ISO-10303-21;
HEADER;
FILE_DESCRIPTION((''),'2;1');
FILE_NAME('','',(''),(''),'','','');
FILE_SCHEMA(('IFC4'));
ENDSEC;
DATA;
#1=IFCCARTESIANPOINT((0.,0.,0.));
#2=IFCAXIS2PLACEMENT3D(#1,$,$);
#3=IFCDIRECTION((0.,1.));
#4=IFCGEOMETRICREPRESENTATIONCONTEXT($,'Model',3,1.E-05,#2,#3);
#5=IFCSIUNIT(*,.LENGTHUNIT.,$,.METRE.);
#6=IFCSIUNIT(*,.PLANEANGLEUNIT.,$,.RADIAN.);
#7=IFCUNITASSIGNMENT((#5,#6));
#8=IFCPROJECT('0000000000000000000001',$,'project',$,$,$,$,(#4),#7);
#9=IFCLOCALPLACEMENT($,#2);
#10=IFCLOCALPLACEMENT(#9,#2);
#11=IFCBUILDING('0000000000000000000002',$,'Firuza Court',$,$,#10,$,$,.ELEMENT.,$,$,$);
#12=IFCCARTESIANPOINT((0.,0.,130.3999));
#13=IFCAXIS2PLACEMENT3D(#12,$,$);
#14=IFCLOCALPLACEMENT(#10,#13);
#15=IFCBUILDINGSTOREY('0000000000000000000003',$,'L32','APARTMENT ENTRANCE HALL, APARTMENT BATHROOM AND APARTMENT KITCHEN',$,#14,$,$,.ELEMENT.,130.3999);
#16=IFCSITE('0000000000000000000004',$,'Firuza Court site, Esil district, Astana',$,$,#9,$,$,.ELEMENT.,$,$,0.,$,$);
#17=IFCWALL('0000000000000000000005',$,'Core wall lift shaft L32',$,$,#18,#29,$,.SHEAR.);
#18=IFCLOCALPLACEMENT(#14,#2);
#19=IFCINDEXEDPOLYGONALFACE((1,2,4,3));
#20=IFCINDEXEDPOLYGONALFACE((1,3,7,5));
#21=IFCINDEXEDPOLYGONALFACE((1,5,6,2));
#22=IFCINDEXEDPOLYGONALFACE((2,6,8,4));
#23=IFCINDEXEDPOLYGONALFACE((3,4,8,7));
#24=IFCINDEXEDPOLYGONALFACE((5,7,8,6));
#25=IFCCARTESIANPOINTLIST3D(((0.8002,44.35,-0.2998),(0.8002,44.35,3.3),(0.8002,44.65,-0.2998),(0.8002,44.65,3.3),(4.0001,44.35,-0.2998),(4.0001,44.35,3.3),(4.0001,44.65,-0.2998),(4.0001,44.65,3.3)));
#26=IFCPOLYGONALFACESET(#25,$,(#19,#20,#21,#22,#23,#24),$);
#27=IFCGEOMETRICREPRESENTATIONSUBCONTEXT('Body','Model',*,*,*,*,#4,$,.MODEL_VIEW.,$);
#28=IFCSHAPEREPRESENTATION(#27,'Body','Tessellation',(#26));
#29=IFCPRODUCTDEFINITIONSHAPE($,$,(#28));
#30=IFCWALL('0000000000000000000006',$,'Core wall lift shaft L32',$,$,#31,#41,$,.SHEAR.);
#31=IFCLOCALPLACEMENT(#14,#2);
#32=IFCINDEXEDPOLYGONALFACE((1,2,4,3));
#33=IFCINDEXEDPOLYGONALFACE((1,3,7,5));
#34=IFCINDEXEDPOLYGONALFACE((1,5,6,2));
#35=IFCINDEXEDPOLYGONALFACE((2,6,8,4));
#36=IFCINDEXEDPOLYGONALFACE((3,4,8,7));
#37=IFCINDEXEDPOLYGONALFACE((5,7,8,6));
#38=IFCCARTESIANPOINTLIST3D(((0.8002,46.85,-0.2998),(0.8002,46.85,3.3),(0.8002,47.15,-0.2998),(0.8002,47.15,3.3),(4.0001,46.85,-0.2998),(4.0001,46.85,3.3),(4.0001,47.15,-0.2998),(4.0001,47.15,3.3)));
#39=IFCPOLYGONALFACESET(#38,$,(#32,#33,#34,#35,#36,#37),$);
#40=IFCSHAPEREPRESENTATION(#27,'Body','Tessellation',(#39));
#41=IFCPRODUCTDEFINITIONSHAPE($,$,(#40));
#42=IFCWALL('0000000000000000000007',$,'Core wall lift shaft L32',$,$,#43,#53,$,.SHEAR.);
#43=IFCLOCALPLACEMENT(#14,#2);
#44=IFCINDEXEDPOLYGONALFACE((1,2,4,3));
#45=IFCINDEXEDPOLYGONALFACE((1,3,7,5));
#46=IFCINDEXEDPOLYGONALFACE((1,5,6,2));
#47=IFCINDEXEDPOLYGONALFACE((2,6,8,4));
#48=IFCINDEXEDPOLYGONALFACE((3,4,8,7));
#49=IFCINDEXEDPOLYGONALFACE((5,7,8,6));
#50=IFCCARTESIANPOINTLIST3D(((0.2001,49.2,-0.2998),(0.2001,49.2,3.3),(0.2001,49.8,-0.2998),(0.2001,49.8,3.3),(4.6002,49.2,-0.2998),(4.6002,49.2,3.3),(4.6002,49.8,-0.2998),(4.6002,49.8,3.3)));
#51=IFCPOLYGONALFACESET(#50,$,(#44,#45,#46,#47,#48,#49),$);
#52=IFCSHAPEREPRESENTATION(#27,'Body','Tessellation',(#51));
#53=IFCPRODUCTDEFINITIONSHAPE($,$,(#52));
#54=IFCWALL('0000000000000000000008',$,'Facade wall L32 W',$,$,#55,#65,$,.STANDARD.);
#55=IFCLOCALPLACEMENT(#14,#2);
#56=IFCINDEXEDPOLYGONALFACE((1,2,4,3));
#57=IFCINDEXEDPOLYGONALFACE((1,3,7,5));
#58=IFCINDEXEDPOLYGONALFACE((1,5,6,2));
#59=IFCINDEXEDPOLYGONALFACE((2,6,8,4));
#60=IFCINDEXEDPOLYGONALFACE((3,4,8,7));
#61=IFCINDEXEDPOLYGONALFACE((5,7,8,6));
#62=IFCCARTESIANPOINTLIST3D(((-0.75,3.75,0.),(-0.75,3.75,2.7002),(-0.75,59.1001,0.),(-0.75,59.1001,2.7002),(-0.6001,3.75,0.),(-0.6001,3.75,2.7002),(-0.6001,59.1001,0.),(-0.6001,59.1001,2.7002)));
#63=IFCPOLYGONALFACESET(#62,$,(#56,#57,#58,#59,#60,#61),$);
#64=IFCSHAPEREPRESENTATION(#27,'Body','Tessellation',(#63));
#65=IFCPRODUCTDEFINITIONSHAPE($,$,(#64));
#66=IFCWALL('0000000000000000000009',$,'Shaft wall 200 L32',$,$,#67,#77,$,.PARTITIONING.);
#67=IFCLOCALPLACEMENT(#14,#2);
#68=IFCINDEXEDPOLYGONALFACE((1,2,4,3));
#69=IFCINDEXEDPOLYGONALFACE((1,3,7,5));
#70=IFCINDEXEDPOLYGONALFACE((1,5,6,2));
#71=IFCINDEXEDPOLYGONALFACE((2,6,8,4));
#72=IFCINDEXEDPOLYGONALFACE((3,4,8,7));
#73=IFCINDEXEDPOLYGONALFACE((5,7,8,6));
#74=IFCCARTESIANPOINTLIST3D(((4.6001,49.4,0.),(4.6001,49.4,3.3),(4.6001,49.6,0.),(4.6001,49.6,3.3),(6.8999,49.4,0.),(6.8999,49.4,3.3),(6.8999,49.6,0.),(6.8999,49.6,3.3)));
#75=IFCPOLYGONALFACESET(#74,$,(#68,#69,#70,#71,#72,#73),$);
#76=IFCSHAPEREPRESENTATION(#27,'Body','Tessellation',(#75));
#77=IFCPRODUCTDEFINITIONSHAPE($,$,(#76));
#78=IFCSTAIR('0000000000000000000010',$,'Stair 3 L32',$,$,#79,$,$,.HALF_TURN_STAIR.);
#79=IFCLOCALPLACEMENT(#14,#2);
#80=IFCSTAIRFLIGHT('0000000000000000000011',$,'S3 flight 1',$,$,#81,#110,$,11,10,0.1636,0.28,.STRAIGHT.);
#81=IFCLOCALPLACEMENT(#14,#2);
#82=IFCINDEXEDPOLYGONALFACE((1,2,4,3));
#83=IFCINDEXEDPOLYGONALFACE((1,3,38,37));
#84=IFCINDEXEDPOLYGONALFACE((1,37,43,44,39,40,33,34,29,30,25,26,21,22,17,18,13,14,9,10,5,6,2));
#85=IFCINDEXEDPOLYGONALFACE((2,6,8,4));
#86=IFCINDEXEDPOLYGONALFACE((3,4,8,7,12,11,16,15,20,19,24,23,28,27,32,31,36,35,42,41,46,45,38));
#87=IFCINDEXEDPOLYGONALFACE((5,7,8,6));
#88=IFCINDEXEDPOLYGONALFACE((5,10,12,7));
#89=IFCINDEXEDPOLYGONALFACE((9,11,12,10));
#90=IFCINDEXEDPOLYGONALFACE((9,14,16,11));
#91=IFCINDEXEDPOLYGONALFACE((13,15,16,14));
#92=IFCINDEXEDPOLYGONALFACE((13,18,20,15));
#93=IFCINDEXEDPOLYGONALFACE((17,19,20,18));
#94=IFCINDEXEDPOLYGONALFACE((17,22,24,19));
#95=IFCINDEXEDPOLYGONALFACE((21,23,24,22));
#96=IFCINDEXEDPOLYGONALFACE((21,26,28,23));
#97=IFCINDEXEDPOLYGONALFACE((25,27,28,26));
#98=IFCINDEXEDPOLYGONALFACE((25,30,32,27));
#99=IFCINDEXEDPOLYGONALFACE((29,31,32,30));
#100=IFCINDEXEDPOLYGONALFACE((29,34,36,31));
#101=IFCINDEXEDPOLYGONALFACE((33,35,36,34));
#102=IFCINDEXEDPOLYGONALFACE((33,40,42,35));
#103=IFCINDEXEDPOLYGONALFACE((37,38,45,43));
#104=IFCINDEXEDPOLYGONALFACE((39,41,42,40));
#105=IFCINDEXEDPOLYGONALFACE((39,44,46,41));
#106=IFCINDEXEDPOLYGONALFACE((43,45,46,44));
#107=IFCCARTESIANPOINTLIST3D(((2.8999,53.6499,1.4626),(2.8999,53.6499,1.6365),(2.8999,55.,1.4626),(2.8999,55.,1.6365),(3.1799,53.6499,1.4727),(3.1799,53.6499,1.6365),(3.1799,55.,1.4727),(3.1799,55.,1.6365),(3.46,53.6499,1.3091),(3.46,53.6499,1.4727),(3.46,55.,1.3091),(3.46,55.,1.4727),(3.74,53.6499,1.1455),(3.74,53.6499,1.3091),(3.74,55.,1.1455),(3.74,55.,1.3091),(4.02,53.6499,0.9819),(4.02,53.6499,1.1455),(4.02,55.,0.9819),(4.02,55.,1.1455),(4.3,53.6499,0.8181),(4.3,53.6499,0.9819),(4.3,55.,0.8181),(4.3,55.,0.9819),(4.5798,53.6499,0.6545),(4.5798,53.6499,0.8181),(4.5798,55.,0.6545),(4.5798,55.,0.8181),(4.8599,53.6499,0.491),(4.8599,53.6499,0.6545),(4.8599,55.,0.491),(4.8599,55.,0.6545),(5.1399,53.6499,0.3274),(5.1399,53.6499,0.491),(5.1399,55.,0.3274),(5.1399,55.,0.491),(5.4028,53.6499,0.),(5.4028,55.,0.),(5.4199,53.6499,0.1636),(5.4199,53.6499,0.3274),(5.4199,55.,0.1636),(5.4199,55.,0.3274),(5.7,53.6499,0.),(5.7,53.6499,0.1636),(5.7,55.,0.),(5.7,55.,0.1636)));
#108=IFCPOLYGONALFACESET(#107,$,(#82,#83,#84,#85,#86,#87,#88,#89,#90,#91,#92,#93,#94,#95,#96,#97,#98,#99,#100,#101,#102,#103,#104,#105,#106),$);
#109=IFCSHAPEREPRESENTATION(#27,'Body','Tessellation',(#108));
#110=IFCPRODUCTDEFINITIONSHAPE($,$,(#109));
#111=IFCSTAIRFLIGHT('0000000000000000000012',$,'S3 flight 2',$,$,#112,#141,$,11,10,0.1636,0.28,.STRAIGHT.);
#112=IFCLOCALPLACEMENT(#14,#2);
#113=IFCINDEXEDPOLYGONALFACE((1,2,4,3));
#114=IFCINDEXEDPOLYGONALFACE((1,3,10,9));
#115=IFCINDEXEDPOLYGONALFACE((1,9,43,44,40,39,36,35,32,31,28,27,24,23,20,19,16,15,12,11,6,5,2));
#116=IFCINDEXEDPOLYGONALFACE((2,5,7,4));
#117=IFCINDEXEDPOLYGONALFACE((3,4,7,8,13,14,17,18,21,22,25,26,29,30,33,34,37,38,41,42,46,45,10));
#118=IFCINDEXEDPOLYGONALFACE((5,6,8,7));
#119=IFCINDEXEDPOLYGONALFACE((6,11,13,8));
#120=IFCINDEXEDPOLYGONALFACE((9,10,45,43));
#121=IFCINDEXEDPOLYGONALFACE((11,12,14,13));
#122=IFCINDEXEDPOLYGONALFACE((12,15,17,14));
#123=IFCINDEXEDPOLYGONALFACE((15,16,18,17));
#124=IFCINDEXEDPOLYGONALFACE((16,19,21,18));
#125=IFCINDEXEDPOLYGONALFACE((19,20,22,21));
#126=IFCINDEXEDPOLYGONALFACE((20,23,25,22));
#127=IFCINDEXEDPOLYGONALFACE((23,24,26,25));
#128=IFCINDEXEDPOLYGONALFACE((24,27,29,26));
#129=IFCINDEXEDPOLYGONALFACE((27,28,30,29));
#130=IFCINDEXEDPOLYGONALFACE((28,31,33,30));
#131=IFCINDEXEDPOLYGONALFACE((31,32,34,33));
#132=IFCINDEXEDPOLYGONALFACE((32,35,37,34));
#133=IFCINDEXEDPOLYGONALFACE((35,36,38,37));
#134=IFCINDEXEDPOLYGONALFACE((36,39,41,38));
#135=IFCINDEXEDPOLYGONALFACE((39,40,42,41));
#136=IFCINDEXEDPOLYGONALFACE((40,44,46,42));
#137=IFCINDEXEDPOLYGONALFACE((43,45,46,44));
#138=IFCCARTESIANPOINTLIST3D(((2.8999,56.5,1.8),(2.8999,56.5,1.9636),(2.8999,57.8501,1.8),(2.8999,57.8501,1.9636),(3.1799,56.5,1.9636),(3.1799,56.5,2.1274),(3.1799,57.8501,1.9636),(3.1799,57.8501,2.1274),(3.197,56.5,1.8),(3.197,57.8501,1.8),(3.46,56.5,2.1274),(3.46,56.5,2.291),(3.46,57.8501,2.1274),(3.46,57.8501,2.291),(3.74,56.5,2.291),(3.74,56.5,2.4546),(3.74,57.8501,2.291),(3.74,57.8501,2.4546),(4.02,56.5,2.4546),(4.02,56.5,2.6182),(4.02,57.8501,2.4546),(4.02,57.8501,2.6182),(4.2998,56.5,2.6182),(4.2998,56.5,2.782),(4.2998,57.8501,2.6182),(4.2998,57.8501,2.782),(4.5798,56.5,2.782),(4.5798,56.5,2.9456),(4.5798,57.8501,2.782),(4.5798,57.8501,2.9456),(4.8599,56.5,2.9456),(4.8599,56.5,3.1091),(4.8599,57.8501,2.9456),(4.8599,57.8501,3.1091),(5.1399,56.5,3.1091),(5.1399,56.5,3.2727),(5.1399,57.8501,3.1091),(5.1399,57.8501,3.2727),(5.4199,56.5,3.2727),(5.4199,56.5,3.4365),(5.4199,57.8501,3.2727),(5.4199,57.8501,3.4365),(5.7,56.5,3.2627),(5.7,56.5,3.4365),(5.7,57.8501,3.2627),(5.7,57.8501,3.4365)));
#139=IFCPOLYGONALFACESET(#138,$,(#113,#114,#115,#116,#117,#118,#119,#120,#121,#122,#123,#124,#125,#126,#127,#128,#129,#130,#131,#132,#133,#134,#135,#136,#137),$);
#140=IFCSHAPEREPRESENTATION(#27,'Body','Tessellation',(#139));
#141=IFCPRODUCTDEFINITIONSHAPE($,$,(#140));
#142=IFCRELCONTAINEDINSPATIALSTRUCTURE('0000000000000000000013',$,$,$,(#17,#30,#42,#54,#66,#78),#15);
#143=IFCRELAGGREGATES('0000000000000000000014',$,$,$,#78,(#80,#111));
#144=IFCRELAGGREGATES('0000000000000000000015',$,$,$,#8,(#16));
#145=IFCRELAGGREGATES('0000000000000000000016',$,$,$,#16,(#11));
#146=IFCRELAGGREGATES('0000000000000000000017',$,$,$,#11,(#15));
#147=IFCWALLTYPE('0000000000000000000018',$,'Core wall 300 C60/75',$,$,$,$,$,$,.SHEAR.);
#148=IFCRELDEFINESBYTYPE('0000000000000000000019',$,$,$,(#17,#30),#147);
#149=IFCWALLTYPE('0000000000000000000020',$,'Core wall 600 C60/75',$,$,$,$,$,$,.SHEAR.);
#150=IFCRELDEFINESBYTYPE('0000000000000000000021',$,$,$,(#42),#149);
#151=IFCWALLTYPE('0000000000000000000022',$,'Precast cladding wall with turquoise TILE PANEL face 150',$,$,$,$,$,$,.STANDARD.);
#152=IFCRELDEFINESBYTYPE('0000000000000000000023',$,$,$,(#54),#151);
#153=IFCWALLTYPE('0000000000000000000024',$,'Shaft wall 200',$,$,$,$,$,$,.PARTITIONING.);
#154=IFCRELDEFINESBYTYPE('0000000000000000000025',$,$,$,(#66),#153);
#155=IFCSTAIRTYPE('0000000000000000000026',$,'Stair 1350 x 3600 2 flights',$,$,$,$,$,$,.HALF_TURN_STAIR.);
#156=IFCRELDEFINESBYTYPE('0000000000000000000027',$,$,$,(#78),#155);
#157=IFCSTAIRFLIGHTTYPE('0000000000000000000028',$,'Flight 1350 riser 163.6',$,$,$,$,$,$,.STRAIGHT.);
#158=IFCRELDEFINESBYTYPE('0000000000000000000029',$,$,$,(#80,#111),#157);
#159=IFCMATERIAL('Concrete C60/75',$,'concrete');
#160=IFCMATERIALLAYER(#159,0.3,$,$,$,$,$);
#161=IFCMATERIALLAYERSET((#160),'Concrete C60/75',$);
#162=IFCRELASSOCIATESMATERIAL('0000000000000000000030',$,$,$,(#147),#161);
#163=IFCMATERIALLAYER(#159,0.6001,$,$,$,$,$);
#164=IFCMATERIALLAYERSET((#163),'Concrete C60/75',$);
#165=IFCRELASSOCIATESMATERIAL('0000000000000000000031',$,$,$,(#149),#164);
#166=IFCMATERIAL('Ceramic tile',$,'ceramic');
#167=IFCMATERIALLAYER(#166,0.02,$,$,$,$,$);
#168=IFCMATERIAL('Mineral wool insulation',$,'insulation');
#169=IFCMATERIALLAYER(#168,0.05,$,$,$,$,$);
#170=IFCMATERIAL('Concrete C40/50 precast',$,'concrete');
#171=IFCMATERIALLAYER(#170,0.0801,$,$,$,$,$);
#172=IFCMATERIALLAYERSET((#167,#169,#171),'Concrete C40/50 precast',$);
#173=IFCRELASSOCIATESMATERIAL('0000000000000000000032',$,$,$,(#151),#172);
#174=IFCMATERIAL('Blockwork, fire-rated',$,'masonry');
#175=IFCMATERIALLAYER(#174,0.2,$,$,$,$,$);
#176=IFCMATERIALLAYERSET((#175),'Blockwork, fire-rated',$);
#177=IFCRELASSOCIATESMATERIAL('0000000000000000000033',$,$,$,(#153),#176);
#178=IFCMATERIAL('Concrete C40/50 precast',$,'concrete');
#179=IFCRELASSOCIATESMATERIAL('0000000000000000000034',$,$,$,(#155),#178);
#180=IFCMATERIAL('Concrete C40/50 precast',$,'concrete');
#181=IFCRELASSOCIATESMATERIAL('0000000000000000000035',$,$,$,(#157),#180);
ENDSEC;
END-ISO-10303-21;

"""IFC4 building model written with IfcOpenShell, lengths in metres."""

from ifc_helpers import new_model, si_unit, direction, frame, frame_2d, origin, place, context, subcontext, project, spatial, polyline, rectangle, outline, extrude, material, layer, layer_set, type_object, element, aggregate, save


model = new_model("IFC4")

# Units and contexts
model_context = context("Model", 3, precision=1e-05, world=origin(), true_north=direction((0.0, 1.0)))
body_context = subcontext(model_context, "Body", "Model", "MODEL_VIEW")
ifc_project = project(units=[si_unit("LENGTHUNIT", "METRE"), si_unit("PLANEANGLEUNIT", "RADIAN")], contexts=[model_context])

# Site, building, storey
site_placement = place(None, origin())
site = spatial("IfcSite", under=ifc_project, at=site_placement, Name="Firuza Court site, Esil district, Astana", CompositionType="ELEMENT", RefElevation=0.0)
building_placement = place(site_placement, origin())
building = spatial("IfcBuilding", under=site, at=building_placement, Name="Firuza Court", CompositionType="ELEMENT")
storey_placement = place(building_placement, frame((0.0, 0.0, 130.3999)))
storey = spatial("IfcBuildingStorey", under=building, at=storey_placement, Name="L32", Description="APARTMENT ENTRANCE HALL, APARTMENT BATHROOM AND APARTMENT KITCHEN", CompositionType="ELEMENT", Elevation=130.3999)

# Shared definitions
ifc_material_1 = material(Name="Concrete C60/75", Category="concrete")
ifc_layer_1 = layer(ifc_material_1, 0.3)
ifc_layer_set_1 = layer_set([ifc_layer_1], Name="Concrete C60/75")
wall_type_1 = type_object("IfcWallType", Name="Core wall 300 C60/75", PredefinedType="SHEAR", material=ifc_layer_set_1)

# Walls
for number, where, z_axis, x_axis, name in (
    (1, (0.8, 44.5, -0.2998), (0.0, 0.0, 1.0), (1.0, 0.0, 0.0), "Core wall lift shaft L32"),
    (2, (0.8, 47.0, -0.2998), (0.0, 0.0, 1.0), (1.0, 0.0, 0.0), "Core wall lift shaft L32"),
):
    element("IfcWall", number, at=place(storey_placement, frame(where, z_axis=z_axis, x_axis=x_axis)), inside=storey, type_object=wall_type_1, Name=name, PredefinedType="SHEAR", context=body_context, shape_type="SweptSolid", body=[
        extrude(rectangle(XDim=3.2, YDim=0.3, at=frame_2d((1.6001, 0.0))), origin(), (0.0, 0.0, 1.0), 3.5999),
    ])
ifc_layer_2 = layer(ifc_material_1, 0.6001)
ifc_layer_set_2 = layer_set([ifc_layer_2], Name="Concrete C60/75")
wall_type_2 = type_object("IfcWallType", Name="Core wall 600 C60/75", PredefinedType="SHEAR", material=ifc_layer_set_2)
wall_1_placement = place(storey_placement, frame((0.2, 49.5, -0.2998), z_axis=(0.0, 0.0, 1.0), x_axis=(1.0, 0.0, 0.0)))
element("IfcWall", 3, at=wall_1_placement, inside=storey, type_object=wall_type_2, Name="Core wall lift shaft L32", PredefinedType="SHEAR", context=body_context, shape_type="SweptSolid", body=[
    extrude(rectangle(XDim=4.4001, YDim=0.6001, at=frame_2d((2.2002, 0.0))), origin(), (0.0, 0.0, 1.0), 3.5999),
])
ifc_material_2 = material(Name="Ceramic tile", Category="ceramic")
ifc_layer_3 = layer(ifc_material_2, 0.02)
ifc_material_3 = material(Name="Mineral wool insulation", Category="insulation")
ifc_layer_4 = layer(ifc_material_3, 0.05)
ifc_material_4 = material(Name="Concrete C40/50 precast", Category="concrete")
ifc_layer_5 = layer(ifc_material_4, 0.0801)
ifc_layer_set_3 = layer_set([ifc_layer_3, ifc_layer_4, ifc_layer_5], Name="Concrete C40/50 precast")
wall_type_3 = type_object("IfcWallType", Name="Precast cladding wall with turquoise TILE PANEL face 150", PredefinedType="STANDARD", material=ifc_layer_set_3)
wall_2_placement = place(storey_placement, frame((-0.675, 59.1001, 0.0), z_axis=(0.0, 0.0, 1.0), x_axis=(0.0, -1.0, 0.0)))
element("IfcWall", 4, at=wall_2_placement, inside=storey, type_object=wall_type_3, Name="Facade wall L32 W", PredefinedType="STANDARD", context=body_context, shape_type="SweptSolid", body=[
    extrude(rectangle(XDim=55.3501, YDim=0.1499, at=frame_2d((27.675, 0.0))), origin(), (0.0, 0.0, 1.0), 2.7002),
])
ifc_material_5 = material(Name="Blockwork, fire-rated", Category="masonry")
ifc_layer_6 = layer(ifc_material_5, 0.2)
ifc_layer_set_4 = layer_set([ifc_layer_6], Name="Blockwork, fire-rated")
wall_type_4 = type_object("IfcWallType", Name="Shaft wall 200", PredefinedType="PARTITIONING", material=ifc_layer_set_4)
wall_3_placement = place(storey_placement, frame((4.6001, 49.5, 0.0), z_axis=(0.0, 0.0, 1.0), x_axis=(1.0, 0.0, 0.0)))
element("IfcWall", 5, at=wall_3_placement, inside=storey, type_object=wall_type_4, Name="Shaft wall 200 L32", PredefinedType="PARTITIONING", context=body_context, shape_type="SweptSolid", body=[
    extrude(rectangle(XDim=2.2998, YDim=0.2, at=frame_2d((1.1499, 0.0))), origin(), (0.0, 0.0, 1.0), 3.3),
])

# Stair, stair flights
ifc_material_6 = material(Name="Concrete C40/50 precast", Category="concrete")
stair_type = type_object("IfcStairType", Name="Stair 1350 x 3600 2 flights", PredefinedType="HALF_TURN_STAIR", material=ifc_material_6)
stair_placement = place(storey_placement, origin())
stair = element("IfcStair", 6, at=stair_placement, inside=storey, type_object=stair_type, Name="Stair 3 L32", PredefinedType="HALF_TURN_STAIR")
ifc_material_7 = material(Name="Concrete C40/50 precast", Category="concrete")
stair_flight_type = type_object("IfcStairFlightType", Name="Flight 1350 riser 163.6", PredefinedType="STRAIGHT", material=ifc_material_7)
stair_flight_1_placement = place(storey_placement, frame((5.7, 54.325, 0.0), z_axis=(0.0, 0.0, 1.0), x_axis=(-1.0, 0.0, 0.0)))
stair_flight_1 = element("IfcStairFlight", 7, at=stair_flight_1_placement, type_object=stair_flight_type, Name="S3 flight 1", NumberOfRisers=11, NumberOfTreads=10, PredefinedType="STRAIGHT", RiserHeight=0.1636, TreadLength=0.28, context=body_context, shape_type="SweptSolid", body=[
    extrude(outline(polyline([(0.0, 0.0), (0.0, 0.1636), (0.28, 0.1636), (0.28, 0.3274), (0.5601, 0.3274), (0.5601, 0.491), (0.8401, 0.491), (0.8401, 0.6545), (1.1201, 0.6545), (1.1201, 0.8181), (1.3999, 0.8181), (1.3999, 0.9819), (1.6799, 0.9819), (1.6799, 1.1455), (1.96, 1.1455), (1.96, 1.3091), (2.24, 1.3091), (2.24, 1.4727), (2.52, 1.4727), (2.52, 1.6365), (2.8, 1.6365), (2.8, 1.8), (2.8, 1.4626), (0.2971, 0.0), (0.0, 0.0)])), frame((0.0, 0.675, 0.0), z_axis=(0.0, -1.0, 0.0), x_axis=(1.0, 0.0, 0.0)), (0.0, 0.0, 1.0), 1.3501),
])
stair_flight_2_placement = place(storey_placement, frame((2.8999, 57.175, 1.8), z_axis=(0.0, 0.0, 1.0), x_axis=(1.0, 0.0, 0.0)))
stair_flight_2 = element("IfcStairFlight", 8, at=stair_flight_2_placement, type_object=stair_flight_type, Name="S3 flight 2", NumberOfRisers=11, NumberOfTreads=10, PredefinedType="STRAIGHT", RiserHeight=0.1636, TreadLength=0.28, context=body_context, shape_type="SweptSolid", body=[
    extrude(outline(polyline([(0.0, 0.0), (0.0, 0.1636), (0.28, 0.1636), (0.28, 0.3274), (0.5601, 0.3274), (0.5601, 0.491), (0.8401, 0.491), (0.8401, 0.6545), (1.1201, 0.6545), (1.1201, 0.8181), (1.3999, 0.8181), (1.3999, 0.9819), (1.6799, 0.9819), (1.6799, 1.1455), (1.96, 1.1455), (1.96, 1.3091), (2.24, 1.3091), (2.24, 1.4727), (2.52, 1.4727), (2.52, 1.6365), (2.8, 1.6365), (2.8, 1.8), (2.8, 1.4626), (0.2971, 0.0), (0.0, 0.0)])), frame((0.0, 0.675, 0.0), z_axis=(0.0, -1.0, 0.0), x_axis=(1.0, 0.0, 0.0)), (0.0, 0.0, 1.0), 1.3501),
])
aggregate(stair, [stair_flight_1, stair_flight_2])

save(model, "model.ifc")
